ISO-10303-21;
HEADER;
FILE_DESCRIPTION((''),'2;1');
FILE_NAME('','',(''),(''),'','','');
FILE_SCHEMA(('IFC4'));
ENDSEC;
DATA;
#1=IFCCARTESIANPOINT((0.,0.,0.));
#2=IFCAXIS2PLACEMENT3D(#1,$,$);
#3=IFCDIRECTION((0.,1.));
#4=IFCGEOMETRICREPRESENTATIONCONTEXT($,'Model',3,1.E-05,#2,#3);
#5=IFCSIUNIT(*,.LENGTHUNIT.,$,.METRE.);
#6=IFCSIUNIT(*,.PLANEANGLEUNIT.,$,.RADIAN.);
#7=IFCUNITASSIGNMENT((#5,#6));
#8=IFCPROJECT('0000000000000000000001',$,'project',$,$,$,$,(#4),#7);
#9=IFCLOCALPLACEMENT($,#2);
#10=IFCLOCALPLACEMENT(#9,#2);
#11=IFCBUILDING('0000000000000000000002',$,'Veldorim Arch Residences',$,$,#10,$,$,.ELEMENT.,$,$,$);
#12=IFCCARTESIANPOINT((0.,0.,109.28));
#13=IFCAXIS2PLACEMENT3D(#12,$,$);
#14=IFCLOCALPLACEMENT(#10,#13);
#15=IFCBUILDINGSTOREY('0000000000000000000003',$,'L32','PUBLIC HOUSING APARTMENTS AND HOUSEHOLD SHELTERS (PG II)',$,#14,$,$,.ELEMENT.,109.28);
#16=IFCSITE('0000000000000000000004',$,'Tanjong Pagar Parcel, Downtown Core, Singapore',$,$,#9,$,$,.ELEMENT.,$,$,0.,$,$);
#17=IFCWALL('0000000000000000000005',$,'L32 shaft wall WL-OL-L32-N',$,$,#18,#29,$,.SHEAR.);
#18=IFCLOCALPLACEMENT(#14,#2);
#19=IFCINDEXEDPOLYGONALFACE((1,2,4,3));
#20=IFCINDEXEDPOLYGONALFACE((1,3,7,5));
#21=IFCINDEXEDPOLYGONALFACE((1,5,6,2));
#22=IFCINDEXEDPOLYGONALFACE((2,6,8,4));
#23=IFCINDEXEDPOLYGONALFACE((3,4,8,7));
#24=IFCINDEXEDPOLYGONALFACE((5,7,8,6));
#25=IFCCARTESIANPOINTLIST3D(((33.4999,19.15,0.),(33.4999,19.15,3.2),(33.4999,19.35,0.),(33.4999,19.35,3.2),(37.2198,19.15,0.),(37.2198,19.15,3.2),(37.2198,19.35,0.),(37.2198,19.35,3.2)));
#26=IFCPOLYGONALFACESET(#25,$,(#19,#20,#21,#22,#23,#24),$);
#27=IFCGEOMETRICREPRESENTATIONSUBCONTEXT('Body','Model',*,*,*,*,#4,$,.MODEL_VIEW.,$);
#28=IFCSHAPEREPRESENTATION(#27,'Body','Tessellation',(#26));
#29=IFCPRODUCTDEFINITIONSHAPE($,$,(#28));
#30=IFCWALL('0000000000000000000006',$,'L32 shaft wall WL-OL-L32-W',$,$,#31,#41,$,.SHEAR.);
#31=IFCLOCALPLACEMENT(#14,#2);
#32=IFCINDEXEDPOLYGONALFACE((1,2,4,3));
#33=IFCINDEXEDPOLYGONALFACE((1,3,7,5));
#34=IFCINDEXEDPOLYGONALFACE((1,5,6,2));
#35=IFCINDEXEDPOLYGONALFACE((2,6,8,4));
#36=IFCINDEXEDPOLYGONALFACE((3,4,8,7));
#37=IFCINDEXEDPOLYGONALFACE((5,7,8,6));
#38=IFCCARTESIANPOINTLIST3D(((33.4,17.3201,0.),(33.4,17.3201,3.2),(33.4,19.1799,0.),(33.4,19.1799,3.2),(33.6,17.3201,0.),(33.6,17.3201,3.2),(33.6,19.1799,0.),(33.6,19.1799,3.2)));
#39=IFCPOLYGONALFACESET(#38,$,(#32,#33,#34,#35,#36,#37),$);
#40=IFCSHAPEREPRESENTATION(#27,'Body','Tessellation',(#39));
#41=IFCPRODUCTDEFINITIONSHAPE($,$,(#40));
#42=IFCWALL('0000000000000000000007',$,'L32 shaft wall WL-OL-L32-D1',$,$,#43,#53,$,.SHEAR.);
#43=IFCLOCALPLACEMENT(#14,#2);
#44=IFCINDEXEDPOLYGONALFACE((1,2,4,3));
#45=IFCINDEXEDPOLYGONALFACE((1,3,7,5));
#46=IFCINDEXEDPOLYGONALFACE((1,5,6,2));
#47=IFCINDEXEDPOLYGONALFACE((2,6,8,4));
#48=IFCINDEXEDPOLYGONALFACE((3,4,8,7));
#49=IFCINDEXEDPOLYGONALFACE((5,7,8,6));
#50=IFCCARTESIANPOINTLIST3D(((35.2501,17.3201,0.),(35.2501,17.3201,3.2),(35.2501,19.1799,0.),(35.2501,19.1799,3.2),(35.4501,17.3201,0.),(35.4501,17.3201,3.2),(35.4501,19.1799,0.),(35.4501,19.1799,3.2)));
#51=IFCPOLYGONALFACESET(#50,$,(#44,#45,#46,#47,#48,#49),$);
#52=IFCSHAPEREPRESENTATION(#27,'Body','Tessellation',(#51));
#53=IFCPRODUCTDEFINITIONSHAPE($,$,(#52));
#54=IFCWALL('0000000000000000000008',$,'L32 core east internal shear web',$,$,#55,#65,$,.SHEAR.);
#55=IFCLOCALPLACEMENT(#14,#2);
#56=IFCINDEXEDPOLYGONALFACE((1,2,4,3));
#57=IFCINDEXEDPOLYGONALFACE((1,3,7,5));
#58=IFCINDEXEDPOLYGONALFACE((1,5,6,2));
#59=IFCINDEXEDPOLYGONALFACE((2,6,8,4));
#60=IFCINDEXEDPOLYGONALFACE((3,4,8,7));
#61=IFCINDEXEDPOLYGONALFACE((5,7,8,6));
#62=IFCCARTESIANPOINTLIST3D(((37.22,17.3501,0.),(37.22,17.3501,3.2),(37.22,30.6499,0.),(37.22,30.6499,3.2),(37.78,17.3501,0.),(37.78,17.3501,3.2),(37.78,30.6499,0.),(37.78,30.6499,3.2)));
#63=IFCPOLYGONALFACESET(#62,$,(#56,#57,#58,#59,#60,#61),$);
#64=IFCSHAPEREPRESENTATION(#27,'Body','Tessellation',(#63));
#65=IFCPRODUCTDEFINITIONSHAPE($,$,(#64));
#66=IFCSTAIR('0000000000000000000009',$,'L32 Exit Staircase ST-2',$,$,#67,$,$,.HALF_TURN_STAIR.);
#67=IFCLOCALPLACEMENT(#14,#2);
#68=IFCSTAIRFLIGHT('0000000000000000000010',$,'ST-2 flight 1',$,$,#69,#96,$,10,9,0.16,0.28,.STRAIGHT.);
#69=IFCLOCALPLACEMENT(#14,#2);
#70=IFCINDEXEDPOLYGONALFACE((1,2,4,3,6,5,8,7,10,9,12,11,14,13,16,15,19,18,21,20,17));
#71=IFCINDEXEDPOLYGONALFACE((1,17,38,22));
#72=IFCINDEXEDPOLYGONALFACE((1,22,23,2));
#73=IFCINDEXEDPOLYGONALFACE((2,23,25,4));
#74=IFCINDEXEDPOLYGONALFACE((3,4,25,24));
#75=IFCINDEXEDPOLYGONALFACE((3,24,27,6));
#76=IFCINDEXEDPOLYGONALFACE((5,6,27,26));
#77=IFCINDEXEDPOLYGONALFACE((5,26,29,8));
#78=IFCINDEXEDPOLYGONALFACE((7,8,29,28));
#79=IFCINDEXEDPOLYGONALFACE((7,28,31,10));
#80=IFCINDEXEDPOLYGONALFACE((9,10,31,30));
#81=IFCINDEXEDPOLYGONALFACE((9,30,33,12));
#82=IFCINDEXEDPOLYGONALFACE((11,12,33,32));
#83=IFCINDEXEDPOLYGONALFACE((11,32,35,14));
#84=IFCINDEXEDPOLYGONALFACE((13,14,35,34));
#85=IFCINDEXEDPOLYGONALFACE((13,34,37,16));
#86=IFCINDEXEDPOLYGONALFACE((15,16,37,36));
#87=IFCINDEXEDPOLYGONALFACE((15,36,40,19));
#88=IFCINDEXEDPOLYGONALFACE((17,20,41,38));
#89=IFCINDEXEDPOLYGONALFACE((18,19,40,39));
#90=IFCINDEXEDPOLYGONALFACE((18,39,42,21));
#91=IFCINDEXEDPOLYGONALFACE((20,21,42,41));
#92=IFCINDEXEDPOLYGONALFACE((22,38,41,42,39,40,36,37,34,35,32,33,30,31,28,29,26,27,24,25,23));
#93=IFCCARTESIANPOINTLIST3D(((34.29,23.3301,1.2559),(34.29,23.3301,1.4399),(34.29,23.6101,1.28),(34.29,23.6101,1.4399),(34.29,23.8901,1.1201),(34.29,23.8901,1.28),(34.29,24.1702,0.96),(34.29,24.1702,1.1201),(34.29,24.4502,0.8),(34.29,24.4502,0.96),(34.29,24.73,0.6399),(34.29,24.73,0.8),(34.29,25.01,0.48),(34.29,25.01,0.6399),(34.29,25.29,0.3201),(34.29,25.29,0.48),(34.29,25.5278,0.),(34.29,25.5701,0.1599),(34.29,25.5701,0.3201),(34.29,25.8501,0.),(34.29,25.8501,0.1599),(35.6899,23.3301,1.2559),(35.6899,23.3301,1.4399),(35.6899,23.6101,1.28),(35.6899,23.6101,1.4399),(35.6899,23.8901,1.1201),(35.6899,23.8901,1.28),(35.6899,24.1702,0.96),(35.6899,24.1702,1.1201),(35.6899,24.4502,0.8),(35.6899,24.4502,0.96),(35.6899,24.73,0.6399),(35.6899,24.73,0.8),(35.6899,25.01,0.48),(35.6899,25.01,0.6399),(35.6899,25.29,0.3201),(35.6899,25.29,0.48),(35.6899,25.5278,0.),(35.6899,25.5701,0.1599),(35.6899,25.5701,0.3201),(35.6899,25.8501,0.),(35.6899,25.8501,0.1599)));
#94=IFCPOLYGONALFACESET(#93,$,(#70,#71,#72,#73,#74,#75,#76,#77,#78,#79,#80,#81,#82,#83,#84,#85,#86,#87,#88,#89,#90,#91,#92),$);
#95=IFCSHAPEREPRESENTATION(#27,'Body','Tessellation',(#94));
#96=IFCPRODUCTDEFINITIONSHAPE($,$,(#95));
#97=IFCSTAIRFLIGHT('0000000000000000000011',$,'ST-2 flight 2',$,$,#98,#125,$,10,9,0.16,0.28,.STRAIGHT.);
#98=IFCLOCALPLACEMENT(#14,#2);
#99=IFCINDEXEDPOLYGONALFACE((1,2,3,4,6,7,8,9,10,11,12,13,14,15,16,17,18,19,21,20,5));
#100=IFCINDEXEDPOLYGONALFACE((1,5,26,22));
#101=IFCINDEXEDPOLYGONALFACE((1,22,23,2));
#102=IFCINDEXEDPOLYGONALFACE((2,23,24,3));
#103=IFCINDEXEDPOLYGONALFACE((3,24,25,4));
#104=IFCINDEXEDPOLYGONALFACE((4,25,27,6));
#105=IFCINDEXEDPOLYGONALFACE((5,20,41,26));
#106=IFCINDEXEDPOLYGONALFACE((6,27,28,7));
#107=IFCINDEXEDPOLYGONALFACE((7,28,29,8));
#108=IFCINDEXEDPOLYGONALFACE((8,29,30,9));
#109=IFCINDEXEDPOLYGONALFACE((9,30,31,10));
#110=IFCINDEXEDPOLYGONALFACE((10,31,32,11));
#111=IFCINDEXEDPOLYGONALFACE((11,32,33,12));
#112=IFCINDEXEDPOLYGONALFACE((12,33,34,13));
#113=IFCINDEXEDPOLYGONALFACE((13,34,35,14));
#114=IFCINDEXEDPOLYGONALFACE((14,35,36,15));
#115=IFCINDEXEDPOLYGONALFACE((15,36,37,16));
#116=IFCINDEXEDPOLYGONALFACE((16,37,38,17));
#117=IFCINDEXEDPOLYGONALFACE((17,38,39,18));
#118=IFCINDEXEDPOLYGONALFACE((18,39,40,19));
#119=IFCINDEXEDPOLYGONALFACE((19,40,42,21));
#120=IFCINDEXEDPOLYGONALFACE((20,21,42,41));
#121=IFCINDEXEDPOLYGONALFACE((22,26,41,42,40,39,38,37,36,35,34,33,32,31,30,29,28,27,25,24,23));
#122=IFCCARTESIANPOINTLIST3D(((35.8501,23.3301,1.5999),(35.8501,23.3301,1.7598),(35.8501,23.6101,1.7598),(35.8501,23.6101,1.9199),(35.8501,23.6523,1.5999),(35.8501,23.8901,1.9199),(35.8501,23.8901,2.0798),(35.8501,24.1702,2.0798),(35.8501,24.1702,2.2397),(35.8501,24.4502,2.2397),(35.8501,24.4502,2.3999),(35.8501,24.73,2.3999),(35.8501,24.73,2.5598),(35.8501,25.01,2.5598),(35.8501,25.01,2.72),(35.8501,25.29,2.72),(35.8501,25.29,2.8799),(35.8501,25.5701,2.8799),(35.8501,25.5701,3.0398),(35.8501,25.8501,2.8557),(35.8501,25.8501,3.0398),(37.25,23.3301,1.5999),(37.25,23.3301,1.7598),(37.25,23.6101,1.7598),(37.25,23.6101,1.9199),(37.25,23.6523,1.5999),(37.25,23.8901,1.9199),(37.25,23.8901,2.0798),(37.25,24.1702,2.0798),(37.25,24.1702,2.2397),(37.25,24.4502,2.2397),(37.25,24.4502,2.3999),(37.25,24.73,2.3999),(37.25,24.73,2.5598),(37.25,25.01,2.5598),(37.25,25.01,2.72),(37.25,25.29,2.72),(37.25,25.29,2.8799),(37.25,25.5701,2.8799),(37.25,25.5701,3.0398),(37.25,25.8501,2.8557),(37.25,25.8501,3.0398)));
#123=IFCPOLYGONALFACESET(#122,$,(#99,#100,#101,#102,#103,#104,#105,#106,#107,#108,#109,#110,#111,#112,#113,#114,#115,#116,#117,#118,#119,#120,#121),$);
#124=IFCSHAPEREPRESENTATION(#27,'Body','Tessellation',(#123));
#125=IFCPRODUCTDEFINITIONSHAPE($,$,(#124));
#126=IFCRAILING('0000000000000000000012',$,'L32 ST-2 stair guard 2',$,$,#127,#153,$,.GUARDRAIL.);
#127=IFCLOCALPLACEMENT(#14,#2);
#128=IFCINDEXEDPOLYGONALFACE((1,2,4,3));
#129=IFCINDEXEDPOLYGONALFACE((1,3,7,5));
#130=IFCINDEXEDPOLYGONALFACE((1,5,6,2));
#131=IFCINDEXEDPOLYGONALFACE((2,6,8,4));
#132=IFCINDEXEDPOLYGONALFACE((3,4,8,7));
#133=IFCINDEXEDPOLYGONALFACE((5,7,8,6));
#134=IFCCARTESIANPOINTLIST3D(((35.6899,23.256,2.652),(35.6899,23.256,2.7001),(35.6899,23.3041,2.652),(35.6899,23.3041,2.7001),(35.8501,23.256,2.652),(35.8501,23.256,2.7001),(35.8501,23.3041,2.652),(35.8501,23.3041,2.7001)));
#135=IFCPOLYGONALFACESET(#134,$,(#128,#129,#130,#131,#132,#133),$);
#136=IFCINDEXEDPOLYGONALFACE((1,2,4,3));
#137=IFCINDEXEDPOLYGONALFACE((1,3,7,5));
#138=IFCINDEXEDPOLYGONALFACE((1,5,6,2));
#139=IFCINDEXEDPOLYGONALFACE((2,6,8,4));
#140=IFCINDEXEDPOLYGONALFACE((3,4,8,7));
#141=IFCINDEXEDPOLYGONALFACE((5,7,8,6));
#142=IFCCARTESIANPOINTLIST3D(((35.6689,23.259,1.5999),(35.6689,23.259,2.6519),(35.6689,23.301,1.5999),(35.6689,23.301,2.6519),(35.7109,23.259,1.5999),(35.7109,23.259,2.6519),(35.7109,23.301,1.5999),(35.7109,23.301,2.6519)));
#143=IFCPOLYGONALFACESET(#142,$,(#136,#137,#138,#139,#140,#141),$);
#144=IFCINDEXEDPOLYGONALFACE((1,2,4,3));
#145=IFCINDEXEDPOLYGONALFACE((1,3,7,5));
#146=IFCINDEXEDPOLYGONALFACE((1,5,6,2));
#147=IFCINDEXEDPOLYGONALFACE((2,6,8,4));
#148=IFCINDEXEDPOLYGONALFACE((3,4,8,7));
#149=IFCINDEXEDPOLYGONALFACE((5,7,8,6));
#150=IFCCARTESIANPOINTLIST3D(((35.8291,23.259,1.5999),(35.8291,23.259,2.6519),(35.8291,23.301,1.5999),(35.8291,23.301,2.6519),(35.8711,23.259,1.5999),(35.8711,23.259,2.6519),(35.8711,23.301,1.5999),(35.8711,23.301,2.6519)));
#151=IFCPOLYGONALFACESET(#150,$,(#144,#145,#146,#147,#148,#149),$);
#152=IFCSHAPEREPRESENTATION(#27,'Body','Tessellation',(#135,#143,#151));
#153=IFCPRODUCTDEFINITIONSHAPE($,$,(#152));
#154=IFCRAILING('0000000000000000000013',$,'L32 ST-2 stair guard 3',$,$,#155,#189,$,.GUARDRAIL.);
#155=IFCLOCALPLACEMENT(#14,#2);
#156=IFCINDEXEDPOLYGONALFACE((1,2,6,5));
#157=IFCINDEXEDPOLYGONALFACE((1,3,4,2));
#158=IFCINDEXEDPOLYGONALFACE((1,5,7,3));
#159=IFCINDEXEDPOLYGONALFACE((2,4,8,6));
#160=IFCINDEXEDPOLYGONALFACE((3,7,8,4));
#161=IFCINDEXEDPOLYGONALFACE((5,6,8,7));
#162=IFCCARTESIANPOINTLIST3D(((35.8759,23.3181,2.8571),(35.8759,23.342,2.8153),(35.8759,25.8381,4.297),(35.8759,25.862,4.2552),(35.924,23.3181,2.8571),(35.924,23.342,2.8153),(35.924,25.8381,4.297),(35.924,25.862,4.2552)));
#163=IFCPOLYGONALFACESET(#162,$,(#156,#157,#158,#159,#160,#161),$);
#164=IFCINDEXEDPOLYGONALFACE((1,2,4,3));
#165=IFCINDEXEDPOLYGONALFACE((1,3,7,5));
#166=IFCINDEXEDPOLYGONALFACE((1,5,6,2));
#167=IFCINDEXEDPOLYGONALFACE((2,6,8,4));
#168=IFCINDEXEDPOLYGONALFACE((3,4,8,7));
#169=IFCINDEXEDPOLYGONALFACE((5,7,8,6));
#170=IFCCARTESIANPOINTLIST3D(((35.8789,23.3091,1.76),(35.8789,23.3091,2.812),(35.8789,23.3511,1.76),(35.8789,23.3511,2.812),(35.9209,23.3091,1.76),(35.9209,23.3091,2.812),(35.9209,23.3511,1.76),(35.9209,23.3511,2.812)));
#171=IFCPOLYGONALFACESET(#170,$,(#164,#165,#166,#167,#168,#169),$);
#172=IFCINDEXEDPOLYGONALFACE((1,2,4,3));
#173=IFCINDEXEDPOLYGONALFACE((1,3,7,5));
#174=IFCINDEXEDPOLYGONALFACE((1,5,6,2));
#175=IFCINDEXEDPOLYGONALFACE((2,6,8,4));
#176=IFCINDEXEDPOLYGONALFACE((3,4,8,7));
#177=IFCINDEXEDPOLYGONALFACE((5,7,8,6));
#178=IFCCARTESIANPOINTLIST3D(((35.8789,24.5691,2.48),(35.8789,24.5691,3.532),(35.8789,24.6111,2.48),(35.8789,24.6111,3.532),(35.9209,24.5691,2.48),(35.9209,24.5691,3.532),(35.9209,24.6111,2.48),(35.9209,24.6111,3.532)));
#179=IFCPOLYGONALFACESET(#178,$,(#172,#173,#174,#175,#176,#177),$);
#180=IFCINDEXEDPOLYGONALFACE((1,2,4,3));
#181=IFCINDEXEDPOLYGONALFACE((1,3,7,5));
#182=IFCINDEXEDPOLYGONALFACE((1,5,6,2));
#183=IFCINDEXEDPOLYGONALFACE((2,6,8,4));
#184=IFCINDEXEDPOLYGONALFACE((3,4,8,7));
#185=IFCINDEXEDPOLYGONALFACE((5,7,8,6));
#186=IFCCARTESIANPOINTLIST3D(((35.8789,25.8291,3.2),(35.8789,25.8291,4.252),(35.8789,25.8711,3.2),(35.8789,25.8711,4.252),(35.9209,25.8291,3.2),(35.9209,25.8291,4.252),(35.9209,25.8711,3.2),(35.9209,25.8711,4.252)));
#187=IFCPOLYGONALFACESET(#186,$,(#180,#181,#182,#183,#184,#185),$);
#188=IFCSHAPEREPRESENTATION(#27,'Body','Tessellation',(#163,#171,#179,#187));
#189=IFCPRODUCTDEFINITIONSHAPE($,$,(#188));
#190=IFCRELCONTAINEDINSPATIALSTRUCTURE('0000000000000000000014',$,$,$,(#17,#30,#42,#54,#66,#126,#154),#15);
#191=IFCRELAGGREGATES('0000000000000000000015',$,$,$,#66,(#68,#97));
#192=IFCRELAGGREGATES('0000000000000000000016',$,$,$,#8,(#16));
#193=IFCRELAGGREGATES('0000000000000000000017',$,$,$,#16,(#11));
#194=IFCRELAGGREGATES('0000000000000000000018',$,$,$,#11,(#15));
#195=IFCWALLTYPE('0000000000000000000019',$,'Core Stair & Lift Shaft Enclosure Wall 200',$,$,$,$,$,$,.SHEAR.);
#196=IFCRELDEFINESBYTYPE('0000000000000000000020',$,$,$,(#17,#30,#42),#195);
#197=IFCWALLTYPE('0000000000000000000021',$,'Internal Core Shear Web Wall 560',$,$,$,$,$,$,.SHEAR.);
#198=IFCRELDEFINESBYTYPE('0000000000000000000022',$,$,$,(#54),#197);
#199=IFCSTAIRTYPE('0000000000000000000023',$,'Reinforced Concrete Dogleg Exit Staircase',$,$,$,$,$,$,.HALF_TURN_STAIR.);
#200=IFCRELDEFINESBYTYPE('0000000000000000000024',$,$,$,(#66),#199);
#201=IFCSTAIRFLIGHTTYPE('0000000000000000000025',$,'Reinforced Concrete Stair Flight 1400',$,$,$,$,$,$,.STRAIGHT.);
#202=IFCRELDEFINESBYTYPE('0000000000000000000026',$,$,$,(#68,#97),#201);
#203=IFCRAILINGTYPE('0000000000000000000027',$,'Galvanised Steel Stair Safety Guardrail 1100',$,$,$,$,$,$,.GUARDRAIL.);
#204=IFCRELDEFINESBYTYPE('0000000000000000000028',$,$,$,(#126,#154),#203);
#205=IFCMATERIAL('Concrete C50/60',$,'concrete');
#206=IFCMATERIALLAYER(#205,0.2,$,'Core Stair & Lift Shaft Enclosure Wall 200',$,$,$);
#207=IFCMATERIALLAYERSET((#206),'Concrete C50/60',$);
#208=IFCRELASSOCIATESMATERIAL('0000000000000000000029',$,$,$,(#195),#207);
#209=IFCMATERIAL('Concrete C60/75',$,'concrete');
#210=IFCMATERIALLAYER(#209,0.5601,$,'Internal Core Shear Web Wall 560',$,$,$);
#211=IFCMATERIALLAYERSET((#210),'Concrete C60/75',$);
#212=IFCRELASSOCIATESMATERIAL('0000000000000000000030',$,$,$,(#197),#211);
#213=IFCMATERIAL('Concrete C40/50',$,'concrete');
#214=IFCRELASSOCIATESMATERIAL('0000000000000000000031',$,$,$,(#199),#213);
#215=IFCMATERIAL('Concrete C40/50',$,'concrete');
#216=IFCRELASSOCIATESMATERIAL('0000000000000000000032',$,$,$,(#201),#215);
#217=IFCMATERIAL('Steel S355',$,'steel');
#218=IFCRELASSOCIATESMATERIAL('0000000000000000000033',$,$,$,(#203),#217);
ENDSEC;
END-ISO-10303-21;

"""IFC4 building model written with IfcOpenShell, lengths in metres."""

from ifc_helpers import new_model, si_unit, direction, frame, frame_2d, origin, origin_2d, place, context, subcontext, project, spatial, polyline, rectangle, outline, extrude, material, layer, layer_set, type_object, element, aggregate, save


model = new_model("IFC4")

# Units and contexts
model_context = context("Model", 3, precision=1e-05, world=origin(), true_north=direction((0.0, 1.0)))
body_context = subcontext(model_context, "Body", "Model", "MODEL_VIEW")
ifc_project = project(units=[si_unit("LENGTHUNIT", "METRE"), si_unit("PLANEANGLEUNIT", "RADIAN")], contexts=[model_context])

# Site, building, storey
site_placement = place(None, origin())
site = spatial("IfcSite", under=ifc_project, at=site_placement, Name="Tanjong Pagar Parcel, Downtown Core, Singapore", CompositionType="ELEMENT", RefElevation=0.0)
building_placement = place(site_placement, origin())
building = spatial("IfcBuilding", under=site, at=building_placement, Name="Veldorim Arch Residences", CompositionType="ELEMENT")
storey_placement = place(building_placement, frame((0.0, 0.0, 109.28)))
storey = spatial("IfcBuildingStorey", under=building, at=storey_placement, Name="L32", Description="PUBLIC HOUSING APARTMENTS AND HOUSEHOLD SHELTERS (PG II)", CompositionType="ELEMENT", Elevation=109.28)

# Walls
ifc_material_1 = material(Name="Concrete C50/60", Category="concrete")
ifc_layer_1 = layer(ifc_material_1, 0.2, Name="Core Stair & Lift Shaft Enclosure Wall 200")
ifc_layer_set_1 = layer_set([ifc_layer_1], Name="Concrete C50/60")
wall_type_1 = type_object("IfcWallType", Name="Core Stair & Lift Shaft Enclosure Wall 200", PredefinedType="SHEAR", material=ifc_layer_set_1)
wall_1_placement = place(storey_placement, frame((33.5, 19.25, 0.0), z_axis=(0.0, 0.0, 1.0), x_axis=(1.0, 0.0, 0.0)))
element("IfcWall", 1, at=wall_1_placement, inside=storey, type_object=wall_type_1, Name="L32 shaft wall WL-OL-L32-N", PredefinedType="SHEAR", context=body_context, shape_type="SweptSolid", body=[
    extrude(rectangle(XDim=3.72, YDim=0.2, at=frame_2d((1.8599, 0.0))), origin(), (0.0, 0.0, 1.0), 3.2),
])
for number, where, z_axis, x_axis, name in (
    (2, (33.5, 17.3201, 0.0), (0.0, 0.0, 1.0), (0.0, 1.0, 0.0), "L32 shaft wall WL-OL-L32-W"),
    (3, (35.3501, 17.3201, 0.0), (0.0, 0.0, 1.0), (0.0, 1.0, 0.0), "L32 shaft wall WL-OL-L32-D1"),
):
    element("IfcWall", number, at=place(storey_placement, frame(where, z_axis=z_axis, x_axis=x_axis)), inside=storey, type_object=wall_type_1, Name=name, PredefinedType="SHEAR", context=body_context, shape_type="SweptSolid", body=[
        extrude(rectangle(XDim=1.8599, YDim=0.2, at=frame_2d((0.9299, 0.0))), origin(), (0.0, 0.0, 1.0), 3.2),
    ])
ifc_material_2 = material(Name="Concrete C60/75", Category="concrete")
ifc_layer_2 = layer(ifc_material_2, 0.5601, Name="Internal Core Shear Web Wall 560")
ifc_layer_set_2 = layer_set([ifc_layer_2], Name="Concrete C60/75")
wall_type_2 = type_object("IfcWallType", Name="Internal Core Shear Web Wall 560", PredefinedType="SHEAR", material=ifc_layer_set_2)
wall_2_placement = place(storey_placement, frame((37.5, 17.3501, 0.0), z_axis=(0.0, 0.0, 1.0), x_axis=(0.0, 1.0, 0.0)))
element("IfcWall", 4, at=wall_2_placement, inside=storey, type_object=wall_type_2, Name="L32 core east internal shear web", PredefinedType="SHEAR", context=body_context, shape_type="SweptSolid", body=[
    extrude(rectangle(XDim=13.2998, YDim=0.5601, at=frame_2d((6.6499, 0.0))), origin(), (0.0, 0.0, 1.0), 3.2),
])

# Stair, stair flights
ifc_material_3 = material(Name="Concrete C40/50", Category="concrete")
stair_type = type_object("IfcStairType", Name="Reinforced Concrete Dogleg Exit Staircase", PredefinedType="HALF_TURN_STAIR", material=ifc_material_3)
stair_placement = place(storey_placement, origin())
stair = element("IfcStair", 5, at=stair_placement, inside=storey, type_object=stair_type, Name="L32 Exit Staircase ST-2", PredefinedType="HALF_TURN_STAIR")
ifc_material_4 = material(Name="Concrete C40/50", Category="concrete")
stair_flight_type = type_object("IfcStairFlightType", Name="Reinforced Concrete Stair Flight 1400", PredefinedType="STRAIGHT", material=ifc_material_4)
stair_flight_1_placement = place(storey_placement, frame((34.99, 25.8501, 0.0), z_axis=(0.0, 0.0, 1.0), x_axis=(0.0, -1.0, 0.0)))
stair_flight_1 = element("IfcStairFlight", 6, at=stair_flight_1_placement, type_object=stair_flight_type, Name="ST-2 flight 1", NumberOfRisers=10, NumberOfTreads=9, PredefinedType="STRAIGHT", RiserHeight=0.16, TreadLength=0.28, context=body_context, shape_type="SweptSolid", body=[
    extrude(outline(polyline([(0.0, 0.0), (0.0, 0.1599), (0.28, 0.1599), (0.28, 0.3201), (0.5601, 0.3201), (0.5601, 0.48), (0.8401, 0.48), (0.8401, 0.6399), (1.1201, 0.6399), (1.1201, 0.8), (1.3999, 0.8), (1.3999, 0.96), (1.6799, 0.96), (1.6799, 1.1201), (1.96, 1.1201), (1.96, 1.28), (2.24, 1.28), (2.24, 1.4399), (2.52, 1.4399), (2.52, 1.6001), (2.52, 1.2559), (0.3223, 0.0), (0.0, 0.0)])), frame((0.0, 0.7, 0.0), z_axis=(0.0, -1.0, 0.0), x_axis=(1.0, 0.0, 0.0)), (0.0, 0.0, 1.0), 1.3999),
])
stair_flight_2_placement = place(storey_placement, frame((36.55, 23.3301, 1.5999), z_axis=(0.0, 0.0, 1.0), x_axis=(0.0, 1.0, 0.0)))
stair_flight_2 = element("IfcStairFlight", 7, at=stair_flight_2_placement, type_object=stair_flight_type, Name="ST-2 flight 2", NumberOfRisers=10, NumberOfTreads=9, PredefinedType="STRAIGHT", RiserHeight=0.16, TreadLength=0.28, context=body_context, shape_type="SweptSolid", body=[
    extrude(outline(polyline([(0.0, 0.0), (0.0, 0.1599), (0.28, 0.1599), (0.28, 0.3201), (0.5601, 0.3201), (0.5601, 0.48), (0.8401, 0.48), (0.8401, 0.6399), (1.1201, 0.6399), (1.1201, 0.8), (1.3999, 0.8), (1.3999, 0.96), (1.6799, 0.96), (1.6799, 1.1201), (1.96, 1.1201), (1.96, 1.28), (2.24, 1.28), (2.24, 1.4399), (2.52, 1.4399), (2.52, 1.6001), (2.52, 1.2559), (0.3223, 0.0), (0.0, 0.0)])), frame((0.0, 0.7, 0.0), z_axis=(0.0, -1.0, 0.0), x_axis=(1.0, 0.0, 0.0)), (0.0, 0.0, 1.0), 1.3999),
])
aggregate(stair, [stair_flight_1, stair_flight_2])

# Railings
ifc_material_5 = material(Name="Steel S355", Category="steel")
railing_type_1 = type_object("IfcRailingType", Name="Galvanised Steel Stair Safety Guardrail 1100", PredefinedType="GUARDRAIL", material=ifc_material_5)
railing_1_placement = place(storey_placement, frame((35.6899, 23.28, 1.5999)))
element("IfcRailing", 8, at=railing_1_placement, inside=storey, type_object=railing_type_1, Name="L32 ST-2 stair guard 2", PredefinedType="GUARDRAIL", context=body_context, shape_type="SweptSolid", body=[
    extrude(rectangle(XDim=0.0481, YDim=0.0481, at=origin_2d()), frame((0.0, 0.0, 1.0762), z_axis=(1.0, 0.0, 0.0), x_axis=(0.0, 1.0, 0.0)), (0.0, 0.0, 1.0), 0.1602),
    extrude(rectangle(XDim=0.042, YDim=0.042, at=origin_2d()), origin(), (0.0, 0.0, 1.0), 1.052),
    extrude(rectangle(XDim=0.042, YDim=0.042, at=origin_2d()), frame((0.1602, 0.0, 0.0)), (0.0, 0.0, 1.0), 1.052),
])
railing_2_placement = place(storey_placement, frame((35.8999, 23.3301, 1.76)))
element("IfcRailing", 9, at=railing_2_placement, inside=storey, type_object=railing_type_1, Name="L32 ST-2 stair guard 3", PredefinedType="GUARDRAIL", context=body_context, shape_type="SweptSolid", body=[
    extrude(rectangle(XDim=0.0481, YDim=0.0481, at=origin_2d()), frame((0.0, 0.0, 1.0762), z_axis=(0.0, 0.868253, 0.496121), x_axis=(-1.0, 0.0, 0.0)), (0.0, 0.0, 1.0), 2.9023),
    extrude(rectangle(XDim=0.042, YDim=0.042, at=origin_2d()), origin(), (0.0, 0.0, 1.0), 1.052),
    extrude(rectangle(XDim=0.042, YDim=0.042, at=origin_2d()), frame((0.0, 1.26, 0.72)), (0.0, 0.0, 1.0), 1.052),
    extrude(rectangle(XDim=0.042, YDim=0.042, at=origin_2d()), frame((0.0, 2.52, 1.4399)), (0.0, 0.0, 1.0), 1.052),
])

save(model, "model.ifc")
